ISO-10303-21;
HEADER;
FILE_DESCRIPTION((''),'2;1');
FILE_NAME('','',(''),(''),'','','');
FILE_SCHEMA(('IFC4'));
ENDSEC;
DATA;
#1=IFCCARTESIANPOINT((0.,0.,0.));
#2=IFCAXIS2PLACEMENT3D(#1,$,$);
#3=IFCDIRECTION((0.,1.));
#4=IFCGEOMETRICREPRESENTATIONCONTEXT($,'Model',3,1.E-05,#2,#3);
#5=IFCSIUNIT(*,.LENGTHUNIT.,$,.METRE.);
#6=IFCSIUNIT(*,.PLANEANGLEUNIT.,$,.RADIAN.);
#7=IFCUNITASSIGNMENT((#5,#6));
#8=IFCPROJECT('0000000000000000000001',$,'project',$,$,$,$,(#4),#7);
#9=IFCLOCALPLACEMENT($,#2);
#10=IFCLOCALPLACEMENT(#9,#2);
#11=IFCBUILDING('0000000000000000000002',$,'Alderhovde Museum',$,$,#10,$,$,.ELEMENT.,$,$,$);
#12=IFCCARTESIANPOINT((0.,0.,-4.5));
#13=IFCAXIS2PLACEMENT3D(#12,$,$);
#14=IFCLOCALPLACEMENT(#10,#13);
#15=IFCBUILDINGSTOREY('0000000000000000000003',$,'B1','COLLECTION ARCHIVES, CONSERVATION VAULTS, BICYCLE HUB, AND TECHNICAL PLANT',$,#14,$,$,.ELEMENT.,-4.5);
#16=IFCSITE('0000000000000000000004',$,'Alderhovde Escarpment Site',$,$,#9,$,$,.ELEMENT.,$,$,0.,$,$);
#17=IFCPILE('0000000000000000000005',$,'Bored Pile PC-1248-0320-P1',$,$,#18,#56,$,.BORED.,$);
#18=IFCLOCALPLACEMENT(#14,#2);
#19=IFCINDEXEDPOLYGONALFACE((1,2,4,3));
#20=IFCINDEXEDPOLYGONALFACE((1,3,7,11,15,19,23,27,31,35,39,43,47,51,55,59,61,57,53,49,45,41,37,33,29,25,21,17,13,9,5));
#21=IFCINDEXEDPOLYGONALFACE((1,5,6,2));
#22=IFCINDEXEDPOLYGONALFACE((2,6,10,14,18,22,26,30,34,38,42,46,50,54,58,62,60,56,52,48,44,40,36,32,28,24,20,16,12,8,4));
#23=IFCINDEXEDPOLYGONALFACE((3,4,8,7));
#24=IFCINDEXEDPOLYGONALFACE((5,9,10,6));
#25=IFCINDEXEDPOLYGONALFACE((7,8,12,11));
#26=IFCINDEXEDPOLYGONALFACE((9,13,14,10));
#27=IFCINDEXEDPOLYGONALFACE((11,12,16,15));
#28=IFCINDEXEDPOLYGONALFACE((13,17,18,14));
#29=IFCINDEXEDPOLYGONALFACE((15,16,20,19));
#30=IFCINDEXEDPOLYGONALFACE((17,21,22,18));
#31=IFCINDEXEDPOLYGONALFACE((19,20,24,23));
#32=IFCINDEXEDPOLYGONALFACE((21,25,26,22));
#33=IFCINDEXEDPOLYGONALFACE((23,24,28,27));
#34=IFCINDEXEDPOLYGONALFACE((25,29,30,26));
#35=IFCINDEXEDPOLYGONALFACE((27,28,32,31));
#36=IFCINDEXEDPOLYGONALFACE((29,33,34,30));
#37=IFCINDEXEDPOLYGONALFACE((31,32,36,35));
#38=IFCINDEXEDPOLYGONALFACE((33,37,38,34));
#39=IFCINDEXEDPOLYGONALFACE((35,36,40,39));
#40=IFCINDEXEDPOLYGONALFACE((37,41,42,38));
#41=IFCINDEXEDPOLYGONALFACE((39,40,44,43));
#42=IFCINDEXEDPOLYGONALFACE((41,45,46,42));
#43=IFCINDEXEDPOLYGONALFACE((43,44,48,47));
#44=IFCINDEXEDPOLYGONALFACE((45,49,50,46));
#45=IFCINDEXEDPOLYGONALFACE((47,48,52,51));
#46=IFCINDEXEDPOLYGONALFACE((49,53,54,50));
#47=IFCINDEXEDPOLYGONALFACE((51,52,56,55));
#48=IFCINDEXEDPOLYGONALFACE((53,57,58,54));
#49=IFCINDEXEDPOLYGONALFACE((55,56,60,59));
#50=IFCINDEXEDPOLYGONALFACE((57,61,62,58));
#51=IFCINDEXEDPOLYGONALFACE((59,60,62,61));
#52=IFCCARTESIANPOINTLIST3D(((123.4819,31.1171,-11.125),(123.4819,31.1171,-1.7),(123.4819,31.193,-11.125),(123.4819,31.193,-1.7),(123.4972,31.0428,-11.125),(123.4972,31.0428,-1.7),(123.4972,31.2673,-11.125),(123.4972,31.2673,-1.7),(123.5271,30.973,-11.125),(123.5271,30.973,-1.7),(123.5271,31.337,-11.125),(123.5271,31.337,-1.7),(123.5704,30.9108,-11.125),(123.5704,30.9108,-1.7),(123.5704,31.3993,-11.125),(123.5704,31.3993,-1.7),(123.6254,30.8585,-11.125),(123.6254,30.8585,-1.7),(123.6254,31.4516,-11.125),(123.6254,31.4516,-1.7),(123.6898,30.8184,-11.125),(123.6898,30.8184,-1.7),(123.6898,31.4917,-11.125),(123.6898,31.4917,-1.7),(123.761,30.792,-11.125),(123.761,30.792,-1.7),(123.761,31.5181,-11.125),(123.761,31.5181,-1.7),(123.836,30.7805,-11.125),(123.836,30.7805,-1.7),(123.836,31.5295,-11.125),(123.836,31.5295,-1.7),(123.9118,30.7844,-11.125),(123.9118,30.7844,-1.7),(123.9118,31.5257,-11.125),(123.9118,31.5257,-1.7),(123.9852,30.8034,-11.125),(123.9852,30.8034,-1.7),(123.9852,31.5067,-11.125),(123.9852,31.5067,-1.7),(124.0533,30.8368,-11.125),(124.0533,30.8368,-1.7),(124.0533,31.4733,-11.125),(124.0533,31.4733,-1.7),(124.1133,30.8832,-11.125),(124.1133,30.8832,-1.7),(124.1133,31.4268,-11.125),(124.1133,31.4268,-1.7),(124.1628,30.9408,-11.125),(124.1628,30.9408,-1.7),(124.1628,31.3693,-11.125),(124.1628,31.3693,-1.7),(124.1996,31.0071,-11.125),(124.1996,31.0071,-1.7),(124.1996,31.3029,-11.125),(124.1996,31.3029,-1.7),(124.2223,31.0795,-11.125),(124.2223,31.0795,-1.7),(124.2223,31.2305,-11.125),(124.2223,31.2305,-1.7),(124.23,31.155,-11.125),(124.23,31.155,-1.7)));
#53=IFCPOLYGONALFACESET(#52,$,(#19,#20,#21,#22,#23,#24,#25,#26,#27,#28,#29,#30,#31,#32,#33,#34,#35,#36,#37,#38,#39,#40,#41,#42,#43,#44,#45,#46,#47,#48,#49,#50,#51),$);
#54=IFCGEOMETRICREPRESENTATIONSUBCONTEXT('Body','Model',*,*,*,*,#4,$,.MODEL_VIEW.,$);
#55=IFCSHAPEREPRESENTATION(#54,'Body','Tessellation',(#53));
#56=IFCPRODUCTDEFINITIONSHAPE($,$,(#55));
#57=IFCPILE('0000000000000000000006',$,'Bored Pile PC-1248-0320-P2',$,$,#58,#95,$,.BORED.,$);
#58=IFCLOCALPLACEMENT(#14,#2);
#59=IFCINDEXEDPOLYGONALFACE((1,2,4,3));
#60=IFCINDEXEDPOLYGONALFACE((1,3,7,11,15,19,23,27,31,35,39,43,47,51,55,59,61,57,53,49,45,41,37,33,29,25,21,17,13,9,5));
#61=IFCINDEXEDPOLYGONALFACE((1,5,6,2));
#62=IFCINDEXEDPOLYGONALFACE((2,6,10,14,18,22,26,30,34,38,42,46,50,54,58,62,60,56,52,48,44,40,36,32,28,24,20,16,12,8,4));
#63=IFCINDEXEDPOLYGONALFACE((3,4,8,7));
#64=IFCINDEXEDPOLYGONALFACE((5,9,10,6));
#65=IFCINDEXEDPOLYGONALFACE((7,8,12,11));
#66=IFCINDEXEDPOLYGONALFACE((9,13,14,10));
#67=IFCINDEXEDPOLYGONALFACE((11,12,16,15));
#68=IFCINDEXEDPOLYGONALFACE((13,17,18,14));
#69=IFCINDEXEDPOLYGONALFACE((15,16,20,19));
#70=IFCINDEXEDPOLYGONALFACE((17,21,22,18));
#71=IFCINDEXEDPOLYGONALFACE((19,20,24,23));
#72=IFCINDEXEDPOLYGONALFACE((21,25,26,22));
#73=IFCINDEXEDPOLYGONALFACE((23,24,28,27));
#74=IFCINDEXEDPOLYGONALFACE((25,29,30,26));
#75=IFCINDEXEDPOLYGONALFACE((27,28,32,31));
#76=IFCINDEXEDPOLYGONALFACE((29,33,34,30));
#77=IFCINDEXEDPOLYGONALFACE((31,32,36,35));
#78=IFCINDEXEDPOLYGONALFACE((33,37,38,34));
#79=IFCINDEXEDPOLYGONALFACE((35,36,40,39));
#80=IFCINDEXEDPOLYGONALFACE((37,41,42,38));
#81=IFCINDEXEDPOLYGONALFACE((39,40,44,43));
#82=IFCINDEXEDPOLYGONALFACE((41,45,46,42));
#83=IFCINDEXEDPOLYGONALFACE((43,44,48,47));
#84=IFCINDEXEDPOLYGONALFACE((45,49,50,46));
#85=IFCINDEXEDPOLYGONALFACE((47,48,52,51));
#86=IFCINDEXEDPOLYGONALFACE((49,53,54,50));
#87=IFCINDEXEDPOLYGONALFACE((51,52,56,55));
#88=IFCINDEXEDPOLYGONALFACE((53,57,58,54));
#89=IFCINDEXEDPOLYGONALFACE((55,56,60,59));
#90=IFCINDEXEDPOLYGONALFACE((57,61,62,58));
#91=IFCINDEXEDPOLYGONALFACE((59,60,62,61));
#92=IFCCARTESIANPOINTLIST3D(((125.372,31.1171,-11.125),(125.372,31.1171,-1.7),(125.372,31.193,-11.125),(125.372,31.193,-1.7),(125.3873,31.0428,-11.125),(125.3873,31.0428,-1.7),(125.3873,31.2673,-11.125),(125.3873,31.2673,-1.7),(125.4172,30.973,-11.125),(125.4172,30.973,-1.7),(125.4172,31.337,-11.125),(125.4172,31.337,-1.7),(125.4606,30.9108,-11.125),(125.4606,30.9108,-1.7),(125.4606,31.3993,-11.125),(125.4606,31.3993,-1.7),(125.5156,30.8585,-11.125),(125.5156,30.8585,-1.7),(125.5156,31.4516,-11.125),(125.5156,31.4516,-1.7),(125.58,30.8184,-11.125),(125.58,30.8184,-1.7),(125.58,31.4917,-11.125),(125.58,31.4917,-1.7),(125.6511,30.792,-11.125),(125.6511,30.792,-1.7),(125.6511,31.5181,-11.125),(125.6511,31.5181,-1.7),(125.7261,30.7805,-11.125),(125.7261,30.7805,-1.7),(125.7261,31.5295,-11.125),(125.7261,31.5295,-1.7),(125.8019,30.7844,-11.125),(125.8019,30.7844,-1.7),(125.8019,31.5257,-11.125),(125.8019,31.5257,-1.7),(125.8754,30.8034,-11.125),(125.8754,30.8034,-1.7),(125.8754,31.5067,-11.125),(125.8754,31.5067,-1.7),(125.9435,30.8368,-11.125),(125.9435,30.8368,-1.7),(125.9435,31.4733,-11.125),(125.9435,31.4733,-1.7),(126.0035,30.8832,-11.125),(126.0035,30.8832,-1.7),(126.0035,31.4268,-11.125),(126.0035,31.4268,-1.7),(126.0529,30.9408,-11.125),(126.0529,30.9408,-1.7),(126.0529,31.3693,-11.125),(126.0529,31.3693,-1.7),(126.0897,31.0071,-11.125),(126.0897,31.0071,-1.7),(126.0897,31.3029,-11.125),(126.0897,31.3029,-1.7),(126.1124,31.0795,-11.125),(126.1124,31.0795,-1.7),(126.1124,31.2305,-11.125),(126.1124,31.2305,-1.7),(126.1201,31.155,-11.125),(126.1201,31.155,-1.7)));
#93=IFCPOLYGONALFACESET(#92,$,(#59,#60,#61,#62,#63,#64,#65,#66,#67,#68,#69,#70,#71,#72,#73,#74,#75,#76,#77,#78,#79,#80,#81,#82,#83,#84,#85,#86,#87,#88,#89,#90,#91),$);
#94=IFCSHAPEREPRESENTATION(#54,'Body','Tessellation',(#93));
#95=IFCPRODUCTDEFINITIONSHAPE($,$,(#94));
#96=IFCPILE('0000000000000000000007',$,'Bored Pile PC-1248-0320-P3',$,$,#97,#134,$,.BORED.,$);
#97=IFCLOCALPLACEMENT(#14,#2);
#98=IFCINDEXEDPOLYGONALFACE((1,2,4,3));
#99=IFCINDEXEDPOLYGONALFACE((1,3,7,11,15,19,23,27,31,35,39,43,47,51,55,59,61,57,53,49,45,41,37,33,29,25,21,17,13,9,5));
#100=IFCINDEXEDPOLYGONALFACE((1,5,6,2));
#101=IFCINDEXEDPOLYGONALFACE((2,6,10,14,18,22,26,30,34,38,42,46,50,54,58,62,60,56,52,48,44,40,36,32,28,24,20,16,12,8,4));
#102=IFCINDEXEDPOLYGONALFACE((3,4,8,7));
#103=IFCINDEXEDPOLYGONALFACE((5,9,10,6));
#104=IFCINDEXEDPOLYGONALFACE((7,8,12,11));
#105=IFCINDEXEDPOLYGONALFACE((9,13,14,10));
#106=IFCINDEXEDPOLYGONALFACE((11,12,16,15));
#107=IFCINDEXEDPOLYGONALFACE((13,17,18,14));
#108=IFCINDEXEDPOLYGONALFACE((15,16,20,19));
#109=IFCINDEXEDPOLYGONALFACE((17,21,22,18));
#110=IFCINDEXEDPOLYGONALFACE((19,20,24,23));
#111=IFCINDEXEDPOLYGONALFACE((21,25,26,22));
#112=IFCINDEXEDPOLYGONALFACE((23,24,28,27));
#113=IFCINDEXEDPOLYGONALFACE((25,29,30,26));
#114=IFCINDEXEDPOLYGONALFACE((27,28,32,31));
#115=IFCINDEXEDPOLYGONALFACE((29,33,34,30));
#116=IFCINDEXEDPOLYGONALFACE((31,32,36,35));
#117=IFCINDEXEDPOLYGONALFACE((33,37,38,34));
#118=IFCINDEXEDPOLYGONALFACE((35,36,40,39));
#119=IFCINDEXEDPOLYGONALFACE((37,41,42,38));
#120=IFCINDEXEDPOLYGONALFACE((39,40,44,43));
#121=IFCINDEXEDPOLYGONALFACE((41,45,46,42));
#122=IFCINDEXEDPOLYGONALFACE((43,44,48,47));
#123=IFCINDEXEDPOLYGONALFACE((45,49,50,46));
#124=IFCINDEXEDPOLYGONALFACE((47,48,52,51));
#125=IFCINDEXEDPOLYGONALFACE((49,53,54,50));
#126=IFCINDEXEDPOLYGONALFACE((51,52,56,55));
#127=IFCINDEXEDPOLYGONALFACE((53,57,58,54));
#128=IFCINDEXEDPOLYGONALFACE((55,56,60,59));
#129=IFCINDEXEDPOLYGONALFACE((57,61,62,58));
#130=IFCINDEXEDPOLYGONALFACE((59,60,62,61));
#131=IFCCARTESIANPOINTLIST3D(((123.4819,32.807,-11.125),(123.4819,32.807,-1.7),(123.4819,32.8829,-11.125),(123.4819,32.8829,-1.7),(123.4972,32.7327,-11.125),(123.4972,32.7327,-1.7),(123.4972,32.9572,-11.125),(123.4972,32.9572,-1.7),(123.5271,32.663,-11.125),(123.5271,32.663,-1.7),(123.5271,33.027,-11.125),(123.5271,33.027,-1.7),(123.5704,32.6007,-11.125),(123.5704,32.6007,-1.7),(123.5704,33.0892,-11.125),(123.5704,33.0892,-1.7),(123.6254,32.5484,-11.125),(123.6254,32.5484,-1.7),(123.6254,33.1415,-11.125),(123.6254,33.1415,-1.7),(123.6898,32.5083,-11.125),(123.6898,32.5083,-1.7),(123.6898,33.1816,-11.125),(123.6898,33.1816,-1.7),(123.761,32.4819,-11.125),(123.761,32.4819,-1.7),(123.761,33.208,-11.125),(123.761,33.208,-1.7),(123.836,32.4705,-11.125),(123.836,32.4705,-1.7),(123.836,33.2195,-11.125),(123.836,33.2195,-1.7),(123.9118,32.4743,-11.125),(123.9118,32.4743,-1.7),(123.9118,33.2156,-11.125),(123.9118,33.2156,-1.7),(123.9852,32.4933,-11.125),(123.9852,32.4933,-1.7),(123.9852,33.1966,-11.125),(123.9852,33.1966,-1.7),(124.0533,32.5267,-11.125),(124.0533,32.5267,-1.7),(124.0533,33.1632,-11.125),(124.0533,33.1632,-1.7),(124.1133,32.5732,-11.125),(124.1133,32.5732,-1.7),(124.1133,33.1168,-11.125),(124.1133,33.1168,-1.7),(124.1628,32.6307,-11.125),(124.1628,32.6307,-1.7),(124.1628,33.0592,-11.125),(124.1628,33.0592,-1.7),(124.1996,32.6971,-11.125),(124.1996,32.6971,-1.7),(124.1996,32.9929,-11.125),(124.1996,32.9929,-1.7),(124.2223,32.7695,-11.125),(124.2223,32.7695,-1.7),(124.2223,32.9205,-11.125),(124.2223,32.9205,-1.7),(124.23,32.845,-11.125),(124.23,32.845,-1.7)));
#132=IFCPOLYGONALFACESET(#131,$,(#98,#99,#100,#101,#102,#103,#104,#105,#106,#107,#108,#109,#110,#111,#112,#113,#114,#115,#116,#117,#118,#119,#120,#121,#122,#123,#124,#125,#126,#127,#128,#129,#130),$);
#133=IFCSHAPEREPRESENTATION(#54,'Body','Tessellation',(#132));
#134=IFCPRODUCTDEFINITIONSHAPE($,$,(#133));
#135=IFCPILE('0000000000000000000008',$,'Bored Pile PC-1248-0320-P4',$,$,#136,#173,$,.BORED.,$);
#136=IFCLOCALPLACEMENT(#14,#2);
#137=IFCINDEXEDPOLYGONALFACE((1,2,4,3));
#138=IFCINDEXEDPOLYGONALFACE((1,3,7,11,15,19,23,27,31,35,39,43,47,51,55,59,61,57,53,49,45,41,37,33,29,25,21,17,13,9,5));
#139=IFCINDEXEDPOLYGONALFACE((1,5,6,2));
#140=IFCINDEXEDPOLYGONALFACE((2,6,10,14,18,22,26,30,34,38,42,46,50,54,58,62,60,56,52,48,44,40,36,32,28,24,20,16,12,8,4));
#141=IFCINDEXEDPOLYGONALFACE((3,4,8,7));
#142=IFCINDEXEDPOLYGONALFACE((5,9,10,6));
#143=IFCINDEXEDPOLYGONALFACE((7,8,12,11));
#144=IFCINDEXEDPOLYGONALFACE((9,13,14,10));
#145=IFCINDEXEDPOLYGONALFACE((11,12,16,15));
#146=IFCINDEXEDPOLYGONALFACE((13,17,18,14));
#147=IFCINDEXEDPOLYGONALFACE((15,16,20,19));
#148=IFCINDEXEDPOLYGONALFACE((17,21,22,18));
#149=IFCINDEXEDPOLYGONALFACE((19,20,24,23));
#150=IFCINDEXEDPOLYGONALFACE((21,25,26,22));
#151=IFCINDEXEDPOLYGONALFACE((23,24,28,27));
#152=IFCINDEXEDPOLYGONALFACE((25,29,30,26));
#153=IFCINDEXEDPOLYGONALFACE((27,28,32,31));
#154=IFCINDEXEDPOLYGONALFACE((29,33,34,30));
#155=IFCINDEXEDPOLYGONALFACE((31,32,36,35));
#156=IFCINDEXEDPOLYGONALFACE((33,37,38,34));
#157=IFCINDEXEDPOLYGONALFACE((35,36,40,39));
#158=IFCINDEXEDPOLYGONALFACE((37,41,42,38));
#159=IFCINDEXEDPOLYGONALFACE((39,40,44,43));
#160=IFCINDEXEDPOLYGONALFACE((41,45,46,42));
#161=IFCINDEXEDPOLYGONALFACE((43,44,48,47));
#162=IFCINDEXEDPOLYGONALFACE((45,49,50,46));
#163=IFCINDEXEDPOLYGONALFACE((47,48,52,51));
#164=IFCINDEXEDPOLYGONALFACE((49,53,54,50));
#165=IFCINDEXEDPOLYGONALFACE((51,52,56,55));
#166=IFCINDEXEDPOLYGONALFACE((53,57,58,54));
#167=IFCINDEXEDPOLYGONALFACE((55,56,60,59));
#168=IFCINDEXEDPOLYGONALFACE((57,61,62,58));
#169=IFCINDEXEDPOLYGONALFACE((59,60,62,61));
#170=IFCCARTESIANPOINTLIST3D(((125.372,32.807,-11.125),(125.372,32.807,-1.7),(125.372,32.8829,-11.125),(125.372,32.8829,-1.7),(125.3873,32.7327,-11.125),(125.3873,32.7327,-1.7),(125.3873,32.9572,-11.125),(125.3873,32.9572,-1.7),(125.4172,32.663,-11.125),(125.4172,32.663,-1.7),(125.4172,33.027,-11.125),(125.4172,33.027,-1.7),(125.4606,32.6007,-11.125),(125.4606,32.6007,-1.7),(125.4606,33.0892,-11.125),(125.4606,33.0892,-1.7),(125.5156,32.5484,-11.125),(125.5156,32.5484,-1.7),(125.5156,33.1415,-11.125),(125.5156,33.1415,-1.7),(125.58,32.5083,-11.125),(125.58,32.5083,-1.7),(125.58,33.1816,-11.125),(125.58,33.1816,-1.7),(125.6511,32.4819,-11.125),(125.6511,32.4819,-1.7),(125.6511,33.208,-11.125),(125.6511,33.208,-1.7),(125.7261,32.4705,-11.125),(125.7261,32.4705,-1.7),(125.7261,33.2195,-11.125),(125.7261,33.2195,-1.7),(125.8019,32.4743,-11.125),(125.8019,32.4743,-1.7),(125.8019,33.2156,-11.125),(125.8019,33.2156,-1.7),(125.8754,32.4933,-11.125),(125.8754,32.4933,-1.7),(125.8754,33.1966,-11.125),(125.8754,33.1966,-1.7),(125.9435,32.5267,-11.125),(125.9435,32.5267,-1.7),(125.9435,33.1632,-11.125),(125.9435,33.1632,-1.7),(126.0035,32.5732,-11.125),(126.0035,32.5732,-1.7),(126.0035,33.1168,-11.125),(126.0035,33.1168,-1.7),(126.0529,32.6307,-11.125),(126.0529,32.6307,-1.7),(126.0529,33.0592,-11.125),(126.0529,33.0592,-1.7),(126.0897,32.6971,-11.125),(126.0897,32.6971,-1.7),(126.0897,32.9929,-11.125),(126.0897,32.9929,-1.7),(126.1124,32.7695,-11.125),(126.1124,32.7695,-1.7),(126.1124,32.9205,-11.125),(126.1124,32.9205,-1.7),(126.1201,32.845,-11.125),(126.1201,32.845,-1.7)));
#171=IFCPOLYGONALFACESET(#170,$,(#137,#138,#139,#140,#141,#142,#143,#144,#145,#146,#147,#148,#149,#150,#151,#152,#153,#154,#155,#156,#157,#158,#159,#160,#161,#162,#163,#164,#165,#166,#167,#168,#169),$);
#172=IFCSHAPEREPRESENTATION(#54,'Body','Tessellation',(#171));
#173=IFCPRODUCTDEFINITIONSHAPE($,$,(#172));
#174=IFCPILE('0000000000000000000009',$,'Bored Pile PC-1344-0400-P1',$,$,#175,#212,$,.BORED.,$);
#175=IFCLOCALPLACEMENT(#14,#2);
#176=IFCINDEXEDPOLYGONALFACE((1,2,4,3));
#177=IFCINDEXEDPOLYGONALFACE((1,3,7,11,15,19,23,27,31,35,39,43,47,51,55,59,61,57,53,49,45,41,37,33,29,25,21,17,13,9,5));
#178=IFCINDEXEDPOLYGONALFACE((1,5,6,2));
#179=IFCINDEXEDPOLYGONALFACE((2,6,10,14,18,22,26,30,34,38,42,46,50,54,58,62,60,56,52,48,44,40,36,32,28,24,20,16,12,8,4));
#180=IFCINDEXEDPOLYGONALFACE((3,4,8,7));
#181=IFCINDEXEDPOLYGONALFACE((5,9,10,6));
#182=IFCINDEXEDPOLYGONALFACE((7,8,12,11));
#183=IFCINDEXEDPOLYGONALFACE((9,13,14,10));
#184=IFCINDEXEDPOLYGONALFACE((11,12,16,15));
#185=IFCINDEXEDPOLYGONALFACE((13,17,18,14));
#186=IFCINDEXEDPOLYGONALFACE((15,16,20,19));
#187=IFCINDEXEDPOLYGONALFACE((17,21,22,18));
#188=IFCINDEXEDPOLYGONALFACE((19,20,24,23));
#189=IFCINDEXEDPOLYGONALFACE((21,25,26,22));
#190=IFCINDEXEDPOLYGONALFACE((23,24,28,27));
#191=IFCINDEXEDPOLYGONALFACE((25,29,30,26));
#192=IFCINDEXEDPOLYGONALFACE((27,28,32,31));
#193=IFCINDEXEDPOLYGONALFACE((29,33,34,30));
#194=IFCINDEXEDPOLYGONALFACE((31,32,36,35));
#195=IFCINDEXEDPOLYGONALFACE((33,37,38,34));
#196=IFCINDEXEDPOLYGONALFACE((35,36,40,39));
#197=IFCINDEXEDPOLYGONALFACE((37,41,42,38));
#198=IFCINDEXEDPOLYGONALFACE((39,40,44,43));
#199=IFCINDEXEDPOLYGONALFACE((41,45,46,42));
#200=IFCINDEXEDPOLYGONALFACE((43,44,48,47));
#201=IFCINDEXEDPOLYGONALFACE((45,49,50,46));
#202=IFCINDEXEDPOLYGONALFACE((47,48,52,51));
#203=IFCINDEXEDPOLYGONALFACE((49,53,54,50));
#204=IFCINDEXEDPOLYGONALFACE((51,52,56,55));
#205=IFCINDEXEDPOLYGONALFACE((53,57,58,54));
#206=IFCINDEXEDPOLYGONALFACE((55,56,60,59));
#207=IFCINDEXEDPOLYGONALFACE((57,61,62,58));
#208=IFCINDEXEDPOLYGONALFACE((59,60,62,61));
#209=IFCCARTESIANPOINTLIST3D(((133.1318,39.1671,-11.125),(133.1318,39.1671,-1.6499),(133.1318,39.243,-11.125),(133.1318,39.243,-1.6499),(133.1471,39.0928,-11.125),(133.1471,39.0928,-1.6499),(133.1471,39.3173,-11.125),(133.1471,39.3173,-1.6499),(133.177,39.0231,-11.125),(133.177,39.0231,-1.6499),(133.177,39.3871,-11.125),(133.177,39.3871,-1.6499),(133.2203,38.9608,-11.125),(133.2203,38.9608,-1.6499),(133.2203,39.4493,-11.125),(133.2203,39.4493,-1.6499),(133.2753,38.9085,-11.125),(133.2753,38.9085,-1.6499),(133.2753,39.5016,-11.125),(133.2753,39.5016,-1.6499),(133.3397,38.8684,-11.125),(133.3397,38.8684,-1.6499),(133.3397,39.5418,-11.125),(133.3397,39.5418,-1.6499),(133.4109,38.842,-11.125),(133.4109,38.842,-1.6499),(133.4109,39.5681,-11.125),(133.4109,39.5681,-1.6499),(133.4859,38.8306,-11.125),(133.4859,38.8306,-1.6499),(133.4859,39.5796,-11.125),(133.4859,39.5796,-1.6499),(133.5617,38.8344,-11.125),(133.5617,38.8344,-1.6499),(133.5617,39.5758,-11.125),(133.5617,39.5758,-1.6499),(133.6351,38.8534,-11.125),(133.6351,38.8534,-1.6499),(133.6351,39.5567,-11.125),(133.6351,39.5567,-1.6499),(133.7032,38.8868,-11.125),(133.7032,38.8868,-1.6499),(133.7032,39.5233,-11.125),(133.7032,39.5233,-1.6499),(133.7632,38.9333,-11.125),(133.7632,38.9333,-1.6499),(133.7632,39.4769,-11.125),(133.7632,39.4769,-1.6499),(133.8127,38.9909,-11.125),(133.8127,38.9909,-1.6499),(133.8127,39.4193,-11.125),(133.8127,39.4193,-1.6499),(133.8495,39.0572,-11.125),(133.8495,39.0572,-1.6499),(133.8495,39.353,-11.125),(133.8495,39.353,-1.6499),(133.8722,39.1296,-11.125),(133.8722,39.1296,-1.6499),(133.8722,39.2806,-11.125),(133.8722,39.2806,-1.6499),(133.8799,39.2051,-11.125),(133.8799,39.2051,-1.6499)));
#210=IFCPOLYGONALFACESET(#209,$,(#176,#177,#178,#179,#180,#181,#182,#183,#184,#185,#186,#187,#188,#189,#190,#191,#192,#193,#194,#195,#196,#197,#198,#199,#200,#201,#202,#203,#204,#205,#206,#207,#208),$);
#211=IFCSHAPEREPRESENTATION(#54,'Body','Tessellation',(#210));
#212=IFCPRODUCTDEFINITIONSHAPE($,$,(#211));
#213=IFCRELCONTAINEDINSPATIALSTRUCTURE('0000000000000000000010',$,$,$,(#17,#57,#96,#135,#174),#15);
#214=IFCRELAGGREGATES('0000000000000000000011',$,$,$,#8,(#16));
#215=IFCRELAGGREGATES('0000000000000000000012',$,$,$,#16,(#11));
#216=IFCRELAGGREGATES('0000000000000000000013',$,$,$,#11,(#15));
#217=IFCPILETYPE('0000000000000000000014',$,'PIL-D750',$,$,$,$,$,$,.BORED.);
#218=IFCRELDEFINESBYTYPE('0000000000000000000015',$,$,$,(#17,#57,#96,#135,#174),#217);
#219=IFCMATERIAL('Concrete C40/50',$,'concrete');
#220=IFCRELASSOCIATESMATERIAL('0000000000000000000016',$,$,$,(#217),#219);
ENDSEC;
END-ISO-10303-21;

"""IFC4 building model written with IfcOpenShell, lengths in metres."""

from ifc_helpers import new_model, si_unit, direction, frame, origin, origin_2d, place, context, subcontext, project, spatial, circle, extrude, material, material_profile, profile_set, type_object, element, save


model = new_model("IFC4")

# Units and contexts
model_context = context("Model", 3, precision=1e-05, world=origin(), true_north=direction((0.0, 1.0)))
body_context = subcontext(model_context, "Body", "Model", "MODEL_VIEW")
ifc_project = project(units=[si_unit("LENGTHUNIT", "METRE"), si_unit("PLANEANGLEUNIT", "RADIAN")], contexts=[model_context])

# Site, building, storey
site_placement = place(None, origin())
site = spatial("IfcSite", under=ifc_project, at=site_placement, Name="Alderhovde Escarpment Site", CompositionType="ELEMENT", RefElevation=0.0)
building_placement = place(site_placement, origin())
building = spatial("IfcBuilding", under=site, at=building_placement, Name="Alderhovde Museum", CompositionType="ELEMENT")
storey_placement = place(building_placement, frame((0.0, 0.0, -4.5)))
storey = spatial("IfcBuildingStorey", under=building, at=storey_placement, Name="B1", Description="COLLECTION ARCHIVES, CONSERVATION VAULTS, BICYCLE HUB, AND TECHNICAL PLANT", CompositionType="ELEMENT", Elevation=-4.5)

# Piles
ifc_material_1 = material(Name="Concrete C40/50", Category="concrete")
ifc_material_profile_1 = material_profile(ifc_material_1, circle(Radius=0.375, at=origin_2d()), Name="PILE-D750")
ifc_profile_set_1 = profile_set([ifc_material_profile_1], Name="Concrete C40/50")
pile_type_1 = type_object("IfcPileType", Name="PIL-D750", PredefinedType="BORED", material=ifc_profile_set_1)
for number, where, z_axis, x_axis, name in (
    (1, (123.855, 31.155, -1.7), (0.0, 0.0, -1.0), (1.0, 0.0, 0.0), "Bored Pile PC-1248-0320-P1"),
    (2, (125.7451, 31.155, -1.7), (0.0, 0.0, -1.0), (1.0, 0.0, 0.0), "Bored Pile PC-1248-0320-P2"),
    (3, (123.855, 32.845, -1.7), (0.0, 0.0, -1.0), (1.0, 0.0, 0.0), "Bored Pile PC-1248-0320-P3"),
    (4, (125.7451, 32.845, -1.7), (0.0, 0.0, -1.0), (1.0, 0.0, 0.0), "Bored Pile PC-1248-0320-P4"),
):
    element("IfcPile", number, at=place(storey_placement, frame(where, z_axis=z_axis, x_axis=x_axis)), inside=storey, type_object=pile_type_1, Name=name, PredefinedType="BORED", context=body_context, shape_type="SweptSolid", body=[
        extrude(circle(Radius=0.375, at=origin_2d()), origin(), (0.0, 0.0, 1.0), 9.425),
    ])
for number, where, z_axis, x_axis, name in (
    (5, (133.5049, 39.2051, -1.6499), (0.0, 0.0, -1.0), (1.0, 0.0, 0.0), "Bored Pile PC-1344-0400-P1"),
):
    element("IfcPile", number, at=place(storey_placement, frame(where, z_axis=z_axis, x_axis=x_axis)), inside=storey, type_object=pile_type_1, Name=name, PredefinedType="BORED", context=body_context, shape_type="SweptSolid", body=[
        extrude(circle(Radius=0.375, at=origin_2d()), origin(), (0.0, 0.0, 1.0), 9.4751),
    ])

save(model, "model.ifc")
